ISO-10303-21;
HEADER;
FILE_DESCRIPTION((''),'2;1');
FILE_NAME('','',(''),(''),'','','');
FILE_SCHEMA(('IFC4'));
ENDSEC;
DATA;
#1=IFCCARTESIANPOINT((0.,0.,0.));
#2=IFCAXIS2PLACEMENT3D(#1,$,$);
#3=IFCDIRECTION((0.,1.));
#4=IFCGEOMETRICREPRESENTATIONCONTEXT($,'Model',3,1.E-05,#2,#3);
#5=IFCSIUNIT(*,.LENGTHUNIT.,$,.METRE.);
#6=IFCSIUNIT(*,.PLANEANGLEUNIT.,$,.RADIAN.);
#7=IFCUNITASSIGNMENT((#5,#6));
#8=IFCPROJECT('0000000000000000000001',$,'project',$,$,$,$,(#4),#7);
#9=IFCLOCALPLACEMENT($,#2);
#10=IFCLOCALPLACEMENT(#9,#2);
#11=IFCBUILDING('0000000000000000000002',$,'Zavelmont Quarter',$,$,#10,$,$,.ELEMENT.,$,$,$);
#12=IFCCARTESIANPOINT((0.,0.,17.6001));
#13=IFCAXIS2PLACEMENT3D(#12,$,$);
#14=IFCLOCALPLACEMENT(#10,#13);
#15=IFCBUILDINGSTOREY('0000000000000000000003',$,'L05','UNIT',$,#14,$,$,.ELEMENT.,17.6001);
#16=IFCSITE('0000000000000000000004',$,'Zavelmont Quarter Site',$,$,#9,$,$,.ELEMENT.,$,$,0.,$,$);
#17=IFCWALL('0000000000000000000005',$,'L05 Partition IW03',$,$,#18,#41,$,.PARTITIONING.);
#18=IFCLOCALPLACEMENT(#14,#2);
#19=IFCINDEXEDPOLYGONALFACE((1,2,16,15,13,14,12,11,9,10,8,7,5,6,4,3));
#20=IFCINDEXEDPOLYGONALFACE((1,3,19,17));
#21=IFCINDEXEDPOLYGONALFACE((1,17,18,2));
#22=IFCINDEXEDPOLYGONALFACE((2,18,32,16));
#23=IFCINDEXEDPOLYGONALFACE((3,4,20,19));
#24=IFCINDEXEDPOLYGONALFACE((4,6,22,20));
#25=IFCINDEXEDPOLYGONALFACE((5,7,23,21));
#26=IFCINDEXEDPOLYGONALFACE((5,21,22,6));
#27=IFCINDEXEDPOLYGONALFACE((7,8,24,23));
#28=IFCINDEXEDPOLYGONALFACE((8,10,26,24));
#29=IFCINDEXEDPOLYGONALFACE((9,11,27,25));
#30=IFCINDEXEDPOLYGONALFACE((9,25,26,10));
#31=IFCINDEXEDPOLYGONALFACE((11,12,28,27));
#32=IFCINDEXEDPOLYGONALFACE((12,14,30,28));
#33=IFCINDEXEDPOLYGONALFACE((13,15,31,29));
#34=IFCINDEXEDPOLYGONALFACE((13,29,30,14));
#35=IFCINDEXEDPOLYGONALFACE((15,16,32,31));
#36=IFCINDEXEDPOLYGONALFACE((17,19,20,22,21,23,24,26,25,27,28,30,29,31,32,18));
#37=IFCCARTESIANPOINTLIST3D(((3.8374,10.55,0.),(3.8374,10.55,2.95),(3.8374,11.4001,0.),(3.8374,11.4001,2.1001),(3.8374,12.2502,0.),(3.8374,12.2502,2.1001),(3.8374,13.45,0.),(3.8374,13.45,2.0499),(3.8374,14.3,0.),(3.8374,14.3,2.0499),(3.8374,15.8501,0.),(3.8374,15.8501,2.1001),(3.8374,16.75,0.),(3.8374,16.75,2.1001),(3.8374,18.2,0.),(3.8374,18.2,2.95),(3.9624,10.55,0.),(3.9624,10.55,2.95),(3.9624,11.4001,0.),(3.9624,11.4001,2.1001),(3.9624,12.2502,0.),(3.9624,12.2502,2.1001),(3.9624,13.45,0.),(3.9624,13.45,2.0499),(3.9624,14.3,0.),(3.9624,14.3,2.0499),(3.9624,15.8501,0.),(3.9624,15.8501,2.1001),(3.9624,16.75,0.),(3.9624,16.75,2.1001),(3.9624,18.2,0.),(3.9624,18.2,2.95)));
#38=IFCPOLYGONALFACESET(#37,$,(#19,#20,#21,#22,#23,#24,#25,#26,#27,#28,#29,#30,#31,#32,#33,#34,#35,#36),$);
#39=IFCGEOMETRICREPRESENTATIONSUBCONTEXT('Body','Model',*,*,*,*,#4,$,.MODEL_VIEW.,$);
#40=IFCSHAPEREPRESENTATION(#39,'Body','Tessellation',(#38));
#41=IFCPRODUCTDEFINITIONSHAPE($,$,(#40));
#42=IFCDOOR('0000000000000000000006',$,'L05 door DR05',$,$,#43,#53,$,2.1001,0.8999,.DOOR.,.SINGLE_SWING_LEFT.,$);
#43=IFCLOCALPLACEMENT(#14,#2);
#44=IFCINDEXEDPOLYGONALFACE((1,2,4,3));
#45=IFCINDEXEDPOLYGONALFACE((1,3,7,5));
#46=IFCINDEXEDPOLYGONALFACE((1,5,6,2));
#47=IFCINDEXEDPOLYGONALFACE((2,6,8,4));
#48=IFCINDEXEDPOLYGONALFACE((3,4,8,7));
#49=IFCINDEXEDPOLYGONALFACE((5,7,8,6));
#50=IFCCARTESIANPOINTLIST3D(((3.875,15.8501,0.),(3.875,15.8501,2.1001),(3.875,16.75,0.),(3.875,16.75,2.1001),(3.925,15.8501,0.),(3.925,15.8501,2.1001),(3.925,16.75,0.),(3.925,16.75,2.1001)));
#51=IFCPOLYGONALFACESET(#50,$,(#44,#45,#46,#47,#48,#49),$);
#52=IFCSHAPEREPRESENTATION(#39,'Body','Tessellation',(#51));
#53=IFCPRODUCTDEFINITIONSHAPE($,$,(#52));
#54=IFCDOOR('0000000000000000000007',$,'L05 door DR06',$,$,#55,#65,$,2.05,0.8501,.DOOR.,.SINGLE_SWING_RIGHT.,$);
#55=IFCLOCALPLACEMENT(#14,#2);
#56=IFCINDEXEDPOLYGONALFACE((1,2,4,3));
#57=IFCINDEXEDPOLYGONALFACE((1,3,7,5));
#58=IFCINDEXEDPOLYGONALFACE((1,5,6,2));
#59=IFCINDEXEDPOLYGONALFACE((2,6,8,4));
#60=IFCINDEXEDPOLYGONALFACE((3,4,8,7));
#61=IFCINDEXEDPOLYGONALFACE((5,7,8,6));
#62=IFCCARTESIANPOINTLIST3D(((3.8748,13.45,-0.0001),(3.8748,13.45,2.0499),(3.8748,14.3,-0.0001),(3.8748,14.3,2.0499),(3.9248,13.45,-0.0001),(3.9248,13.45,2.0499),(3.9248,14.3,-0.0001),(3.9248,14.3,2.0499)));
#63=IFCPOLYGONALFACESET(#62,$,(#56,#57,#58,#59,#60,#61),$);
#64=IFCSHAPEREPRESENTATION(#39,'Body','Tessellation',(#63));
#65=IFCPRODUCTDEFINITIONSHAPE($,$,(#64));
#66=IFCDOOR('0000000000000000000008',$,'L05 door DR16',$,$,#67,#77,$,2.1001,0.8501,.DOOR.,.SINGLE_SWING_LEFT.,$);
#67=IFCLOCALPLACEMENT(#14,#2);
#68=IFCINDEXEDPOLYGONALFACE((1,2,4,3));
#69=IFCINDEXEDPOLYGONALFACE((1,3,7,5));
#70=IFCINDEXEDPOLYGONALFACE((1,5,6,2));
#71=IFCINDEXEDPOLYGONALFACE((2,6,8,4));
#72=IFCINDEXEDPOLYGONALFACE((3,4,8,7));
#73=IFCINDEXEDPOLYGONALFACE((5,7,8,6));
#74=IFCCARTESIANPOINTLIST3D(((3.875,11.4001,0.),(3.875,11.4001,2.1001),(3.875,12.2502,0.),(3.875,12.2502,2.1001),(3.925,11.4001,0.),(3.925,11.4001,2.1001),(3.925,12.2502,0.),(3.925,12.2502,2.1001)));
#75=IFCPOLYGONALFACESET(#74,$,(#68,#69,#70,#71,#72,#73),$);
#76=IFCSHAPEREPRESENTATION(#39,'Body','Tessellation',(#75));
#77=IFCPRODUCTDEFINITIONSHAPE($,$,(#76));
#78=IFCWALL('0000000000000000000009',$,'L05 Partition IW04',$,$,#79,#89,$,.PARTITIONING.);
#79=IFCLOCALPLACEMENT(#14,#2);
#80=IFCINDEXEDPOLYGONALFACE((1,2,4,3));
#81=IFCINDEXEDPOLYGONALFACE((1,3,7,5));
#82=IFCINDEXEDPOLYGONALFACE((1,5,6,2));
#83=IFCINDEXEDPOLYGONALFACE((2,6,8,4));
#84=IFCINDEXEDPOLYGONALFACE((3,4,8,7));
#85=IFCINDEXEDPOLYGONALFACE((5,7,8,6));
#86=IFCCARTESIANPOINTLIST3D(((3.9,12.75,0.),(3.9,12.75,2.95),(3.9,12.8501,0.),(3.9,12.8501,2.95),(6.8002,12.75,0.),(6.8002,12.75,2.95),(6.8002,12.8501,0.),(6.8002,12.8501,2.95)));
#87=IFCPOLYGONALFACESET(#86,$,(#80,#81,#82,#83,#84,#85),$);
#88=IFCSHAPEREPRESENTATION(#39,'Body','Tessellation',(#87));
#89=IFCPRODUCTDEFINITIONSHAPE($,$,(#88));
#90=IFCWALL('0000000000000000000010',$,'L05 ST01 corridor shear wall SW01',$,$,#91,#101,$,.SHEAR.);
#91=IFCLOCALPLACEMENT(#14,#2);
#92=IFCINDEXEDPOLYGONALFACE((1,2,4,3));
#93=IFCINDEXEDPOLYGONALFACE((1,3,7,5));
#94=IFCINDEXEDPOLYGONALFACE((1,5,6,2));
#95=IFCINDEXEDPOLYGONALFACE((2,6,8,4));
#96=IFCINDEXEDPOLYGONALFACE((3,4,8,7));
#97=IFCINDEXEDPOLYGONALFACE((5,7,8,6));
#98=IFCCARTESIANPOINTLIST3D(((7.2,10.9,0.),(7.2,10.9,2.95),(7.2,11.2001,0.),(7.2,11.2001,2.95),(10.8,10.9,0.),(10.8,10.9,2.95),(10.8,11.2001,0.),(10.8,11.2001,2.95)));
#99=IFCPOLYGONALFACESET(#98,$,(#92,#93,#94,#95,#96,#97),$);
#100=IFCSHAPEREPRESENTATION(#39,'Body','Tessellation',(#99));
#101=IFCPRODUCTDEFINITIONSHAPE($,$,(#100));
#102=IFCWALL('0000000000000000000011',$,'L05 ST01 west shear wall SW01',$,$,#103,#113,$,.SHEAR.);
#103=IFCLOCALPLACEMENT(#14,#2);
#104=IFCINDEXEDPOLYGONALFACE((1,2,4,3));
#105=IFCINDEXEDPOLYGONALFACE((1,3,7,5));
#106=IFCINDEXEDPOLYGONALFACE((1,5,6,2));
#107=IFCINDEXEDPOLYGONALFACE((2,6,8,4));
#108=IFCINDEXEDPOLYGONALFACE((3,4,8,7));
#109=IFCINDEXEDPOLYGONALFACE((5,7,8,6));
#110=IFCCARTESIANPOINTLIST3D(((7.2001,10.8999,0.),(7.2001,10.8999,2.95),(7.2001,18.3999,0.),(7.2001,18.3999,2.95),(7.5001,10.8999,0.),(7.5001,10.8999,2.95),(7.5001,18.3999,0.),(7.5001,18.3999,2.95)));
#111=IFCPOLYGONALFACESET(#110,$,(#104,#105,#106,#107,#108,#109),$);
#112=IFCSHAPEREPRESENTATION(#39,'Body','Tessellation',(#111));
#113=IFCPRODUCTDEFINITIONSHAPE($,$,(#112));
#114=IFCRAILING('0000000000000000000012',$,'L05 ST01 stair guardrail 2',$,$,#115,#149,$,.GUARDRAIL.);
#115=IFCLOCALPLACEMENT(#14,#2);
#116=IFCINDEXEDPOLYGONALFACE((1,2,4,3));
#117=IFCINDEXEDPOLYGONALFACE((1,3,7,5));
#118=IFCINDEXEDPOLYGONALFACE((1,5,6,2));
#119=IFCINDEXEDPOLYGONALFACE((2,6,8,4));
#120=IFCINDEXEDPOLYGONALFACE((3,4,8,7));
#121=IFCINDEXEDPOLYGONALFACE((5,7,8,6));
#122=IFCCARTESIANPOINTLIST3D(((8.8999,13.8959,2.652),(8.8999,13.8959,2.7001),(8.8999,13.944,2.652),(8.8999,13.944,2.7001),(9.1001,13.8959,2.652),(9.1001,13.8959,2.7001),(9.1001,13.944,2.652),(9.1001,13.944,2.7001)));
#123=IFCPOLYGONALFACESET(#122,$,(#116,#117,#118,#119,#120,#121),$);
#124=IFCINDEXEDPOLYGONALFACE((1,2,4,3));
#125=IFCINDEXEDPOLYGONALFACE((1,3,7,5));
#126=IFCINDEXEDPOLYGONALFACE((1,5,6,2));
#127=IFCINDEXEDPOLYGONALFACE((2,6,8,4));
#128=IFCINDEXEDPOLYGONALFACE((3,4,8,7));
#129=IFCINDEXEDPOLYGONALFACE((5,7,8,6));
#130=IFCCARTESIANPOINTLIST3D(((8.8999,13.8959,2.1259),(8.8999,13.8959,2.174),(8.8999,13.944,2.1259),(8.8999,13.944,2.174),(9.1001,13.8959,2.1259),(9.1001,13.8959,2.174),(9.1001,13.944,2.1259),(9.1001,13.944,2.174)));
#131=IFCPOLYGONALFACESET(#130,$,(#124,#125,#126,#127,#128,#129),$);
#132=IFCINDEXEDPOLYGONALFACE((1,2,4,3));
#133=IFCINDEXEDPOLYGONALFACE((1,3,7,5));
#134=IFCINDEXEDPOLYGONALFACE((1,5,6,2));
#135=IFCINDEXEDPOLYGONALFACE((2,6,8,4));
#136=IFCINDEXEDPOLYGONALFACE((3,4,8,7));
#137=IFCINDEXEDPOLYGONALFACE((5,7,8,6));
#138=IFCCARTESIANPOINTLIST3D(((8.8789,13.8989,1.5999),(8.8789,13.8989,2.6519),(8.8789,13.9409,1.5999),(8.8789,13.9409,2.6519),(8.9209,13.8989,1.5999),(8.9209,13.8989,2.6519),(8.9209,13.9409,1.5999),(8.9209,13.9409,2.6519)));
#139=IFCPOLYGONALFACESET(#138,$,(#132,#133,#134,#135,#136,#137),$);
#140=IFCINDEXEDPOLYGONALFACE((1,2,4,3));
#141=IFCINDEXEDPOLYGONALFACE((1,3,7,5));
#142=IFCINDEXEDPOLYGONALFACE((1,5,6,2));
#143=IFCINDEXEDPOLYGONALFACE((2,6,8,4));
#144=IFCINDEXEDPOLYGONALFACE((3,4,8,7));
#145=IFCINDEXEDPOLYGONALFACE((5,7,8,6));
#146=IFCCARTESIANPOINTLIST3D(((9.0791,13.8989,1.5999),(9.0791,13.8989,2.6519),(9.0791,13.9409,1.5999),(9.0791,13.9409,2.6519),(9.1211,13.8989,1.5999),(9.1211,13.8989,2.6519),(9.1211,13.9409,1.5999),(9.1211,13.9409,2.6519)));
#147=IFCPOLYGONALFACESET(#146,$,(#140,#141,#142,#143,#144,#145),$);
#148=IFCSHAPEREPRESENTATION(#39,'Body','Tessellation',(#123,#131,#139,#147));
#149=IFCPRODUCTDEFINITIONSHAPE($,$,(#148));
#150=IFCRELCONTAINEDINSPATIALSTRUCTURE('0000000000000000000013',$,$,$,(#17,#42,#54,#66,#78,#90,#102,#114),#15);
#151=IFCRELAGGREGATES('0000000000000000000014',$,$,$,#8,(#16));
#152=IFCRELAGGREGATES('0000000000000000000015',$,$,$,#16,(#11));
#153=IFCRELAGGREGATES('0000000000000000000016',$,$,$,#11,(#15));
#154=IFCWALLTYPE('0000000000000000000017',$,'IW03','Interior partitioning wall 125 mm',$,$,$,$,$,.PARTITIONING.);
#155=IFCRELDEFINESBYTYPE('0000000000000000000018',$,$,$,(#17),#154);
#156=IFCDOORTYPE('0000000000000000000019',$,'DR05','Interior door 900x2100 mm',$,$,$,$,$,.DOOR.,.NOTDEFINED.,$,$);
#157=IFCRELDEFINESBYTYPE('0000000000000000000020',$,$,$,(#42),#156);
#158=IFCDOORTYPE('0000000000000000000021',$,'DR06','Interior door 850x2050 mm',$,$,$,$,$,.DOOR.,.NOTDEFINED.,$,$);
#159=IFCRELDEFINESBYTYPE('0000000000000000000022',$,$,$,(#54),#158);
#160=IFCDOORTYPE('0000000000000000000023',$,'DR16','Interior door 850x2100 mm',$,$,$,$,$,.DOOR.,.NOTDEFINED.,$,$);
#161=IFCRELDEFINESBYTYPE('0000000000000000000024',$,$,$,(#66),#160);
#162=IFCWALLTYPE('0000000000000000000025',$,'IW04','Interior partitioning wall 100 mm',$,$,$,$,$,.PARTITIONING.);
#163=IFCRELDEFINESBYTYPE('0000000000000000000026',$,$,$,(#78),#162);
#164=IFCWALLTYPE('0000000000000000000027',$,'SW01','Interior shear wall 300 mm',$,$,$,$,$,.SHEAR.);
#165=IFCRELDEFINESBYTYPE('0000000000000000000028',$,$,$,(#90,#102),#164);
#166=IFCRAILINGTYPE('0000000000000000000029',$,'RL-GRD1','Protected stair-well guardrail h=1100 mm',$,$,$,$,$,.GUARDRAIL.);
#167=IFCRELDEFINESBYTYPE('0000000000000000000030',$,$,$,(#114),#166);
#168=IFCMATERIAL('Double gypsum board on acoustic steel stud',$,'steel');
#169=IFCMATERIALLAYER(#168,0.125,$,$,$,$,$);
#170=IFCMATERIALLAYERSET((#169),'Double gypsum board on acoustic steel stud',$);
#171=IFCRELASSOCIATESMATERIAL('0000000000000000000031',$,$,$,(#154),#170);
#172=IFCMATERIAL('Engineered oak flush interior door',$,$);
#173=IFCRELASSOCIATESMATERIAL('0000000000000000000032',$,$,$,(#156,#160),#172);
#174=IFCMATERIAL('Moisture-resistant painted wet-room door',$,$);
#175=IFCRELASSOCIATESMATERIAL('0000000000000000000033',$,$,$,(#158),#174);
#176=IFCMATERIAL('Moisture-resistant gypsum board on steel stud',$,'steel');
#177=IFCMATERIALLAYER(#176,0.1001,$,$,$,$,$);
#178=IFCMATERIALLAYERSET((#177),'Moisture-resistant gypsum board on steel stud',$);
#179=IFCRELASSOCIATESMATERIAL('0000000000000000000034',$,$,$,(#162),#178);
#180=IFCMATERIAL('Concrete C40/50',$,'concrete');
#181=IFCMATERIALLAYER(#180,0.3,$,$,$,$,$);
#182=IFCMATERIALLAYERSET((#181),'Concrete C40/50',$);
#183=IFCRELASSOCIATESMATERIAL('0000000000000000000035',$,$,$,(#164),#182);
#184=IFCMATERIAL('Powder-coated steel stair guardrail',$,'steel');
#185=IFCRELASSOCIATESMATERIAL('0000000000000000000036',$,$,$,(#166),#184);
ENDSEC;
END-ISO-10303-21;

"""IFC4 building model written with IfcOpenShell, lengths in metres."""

from ifc_helpers import new_model, si_unit, direction, frame, frame_2d, origin, origin_with_axes, origin_2d, place, context, subcontext, project, spatial, rectangle, extrude, material, layer, layer_set, type_object, element, fill, save


model = new_model("IFC4")

# Units and contexts
model_context = context("Model", 3, precision=1e-05, world=origin(), true_north=direction((0.0, 1.0)))
body_context = subcontext(model_context, "Body", "Model", "MODEL_VIEW")
ifc_project = project(units=[si_unit("LENGTHUNIT", "METRE"), si_unit("PLANEANGLEUNIT", "RADIAN")], contexts=[model_context])

# Site, building, storey
site_placement = place(None, origin())
site = spatial("IfcSite", under=ifc_project, at=site_placement, Name="Zavelmont Quarter Site", CompositionType="ELEMENT", RefElevation=0.0)
building_placement = place(site_placement, origin())
building = spatial("IfcBuilding", under=site, at=building_placement, Name="Zavelmont Quarter", CompositionType="ELEMENT")
storey_placement = place(building_placement, frame((0.0, 0.0, 17.6001)))
storey = spatial("IfcBuildingStorey", under=building, at=storey_placement, Name="L05", Description="UNIT", CompositionType="ELEMENT", Elevation=17.6001)

# Shared definitions
ifc_material_1 = material(Name="Concrete C40/50", Category="concrete")

# Wall, openings, doors
ifc_material_2 = material(Name="Double gypsum board on acoustic steel stud", Category="steel")
ifc_layer_1 = layer(ifc_material_2, 0.125)
ifc_layer_set_1 = layer_set([ifc_layer_1], Name="Double gypsum board on acoustic steel stud")
wall_type_1 = type_object("IfcWallType", Name="IW03", Description="Interior partitioning wall 125 mm", PredefinedType="PARTITIONING", material=ifc_layer_set_1)
wall_1_placement = place(storey_placement, frame((3.8999, 10.55, 0.0), z_axis=(0.0, 0.0, 1.0), x_axis=(0.0, 1.0, 0.0)))
wall_1 = element("IfcWall", 1, at=wall_1_placement, inside=storey, type_object=wall_type_1, Name="L05 Partition IW03", PredefinedType="PARTITIONING", context=body_context, shape_type="SweptSolid", body=[
    extrude(rectangle(XDim=7.6499, YDim=0.125, at=frame_2d((3.825, 0.0))), origin(), (0.0, 0.0, 1.0), 2.95),
])
opening_1_placement = place(wall_1_placement, frame((0.8501, 0.0, 0.0)))
opening_1 = element("IfcOpeningElement", 2, at=opening_1_placement, cuts=wall_1, PredefinedType="OPENING", context=body_context, shape_type="SweptSolid", body=[
    extrude(rectangle(XDim=0.8501, YDim=2.1001, at=frame_2d((0.425, 1.05))), frame((0.0, 0.0745, 0.0), z_axis=(0.0, -1.0, 0.0), x_axis=(1.0, 0.0, 0.0)), (0.0, 0.0, 1.0), 0.1489),
])
opening_2_placement = place(wall_1_placement, frame((2.8999, 0.0, 0.0)))
opening_2 = element("IfcOpeningElement", 3, at=opening_2_placement, cuts=wall_1, PredefinedType="OPENING", context=body_context, shape_type="SweptSolid", body=[
    extrude(rectangle(XDim=0.8501, YDim=2.05, at=frame_2d((0.425, 1.0249))), frame((0.0, 0.0745, 0.0), z_axis=(0.0, -1.0, 0.0), x_axis=(1.0, 0.0, 0.0)), (0.0, 0.0, 1.0), 0.1489),
])
opening_3_placement = place(wall_1_placement, frame((5.3, 0.0, 0.0)))
opening_3 = element("IfcOpeningElement", 4, at=opening_3_placement, cuts=wall_1, PredefinedType="OPENING", context=body_context, shape_type="SweptSolid", body=[
    extrude(rectangle(XDim=0.8999, YDim=2.1001, at=frame_2d((0.45, 1.05))), frame((0.0, 0.0745, 0.0), z_axis=(0.0, -1.0, 0.0), x_axis=(1.0, 0.0, 0.0)), (0.0, 0.0, 1.0), 0.1489),
])
ifc_material_3 = material(Name="Engineered oak flush interior door")
door_type_1 = type_object("IfcDoorType", Name="DR05", Description="Interior door 900x2100 mm", OperationType="NOTDEFINED", PredefinedType="DOOR", material=ifc_material_3)
door_1_placement = place(opening_3_placement, origin_with_axes())
door_1 = element("IfcDoor", 5, at=door_1_placement, inside=storey, type_object=door_type_1, Name="L05 door DR05", OperationType="SINGLE_SWING_LEFT", OverallHeight=2.1001, OverallWidth=0.8999, PredefinedType="DOOR", context=body_context, shape_type="SweptSolid", body=[
    extrude(rectangle(XDim=0.8999, YDim=2.1001, at=frame_2d((0.45, 1.05))), frame((0.0, 0.0249, 0.0), z_axis=(0.0, -1.0, 0.0), x_axis=(1.0, 0.0, 0.0)), (0.0, 0.0, 1.0), 0.05),
])
fill(opening_3, door_1)
ifc_material_4 = material(Name="Moisture-resistant painted wet-room door")
door_type_2 = type_object("IfcDoorType", Name="DR06", Description="Interior door 850x2050 mm", OperationType="NOTDEFINED", PredefinedType="DOOR", material=ifc_material_4)
door_2_placement = place(opening_2_placement, frame((0.8501, 0.0, 0.0), z_axis=(0.0, 0.0, 1.0), x_axis=(-1.0, 0.0, 0.0)))
door_2 = element("IfcDoor", 6, at=door_2_placement, inside=storey, type_object=door_type_2, Name="L05 door DR06", OperationType="SINGLE_SWING_RIGHT", OverallHeight=2.05, OverallWidth=0.8501, PredefinedType="DOOR", context=body_context, shape_type="SweptSolid", body=[
    extrude(rectangle(XDim=0.8501, YDim=2.05, at=frame_2d((0.425, 1.0249))), frame((0.0, 0.0249, 0.0), z_axis=(0.0, -1.0, 0.0), x_axis=(1.0, 0.0, 0.0)), (0.0, 0.0, 1.0), 0.05),
])
fill(opening_2, door_2)
door_type_3 = type_object("IfcDoorType", Name="DR16", Description="Interior door 850x2100 mm", OperationType="NOTDEFINED", PredefinedType="DOOR", material=ifc_material_3)
door_3_placement = place(opening_1_placement, origin_with_axes())
door_3 = element("IfcDoor", 7, at=door_3_placement, inside=storey, type_object=door_type_3, Name="L05 door DR16", OperationType="SINGLE_SWING_LEFT", OverallHeight=2.1001, OverallWidth=0.8501, PredefinedType="DOOR", context=body_context, shape_type="SweptSolid", body=[
    extrude(rectangle(XDim=0.8501, YDim=2.1001, at=frame_2d((0.425, 1.05))), frame((0.0, 0.0249, 0.0), z_axis=(0.0, -1.0, 0.0), x_axis=(1.0, 0.0, 0.0)), (0.0, 0.0, 1.0), 0.05),
])
fill(opening_1, door_3)

# Walls
ifc_material_5 = material(Name="Moisture-resistant gypsum board on steel stud", Category="steel")
ifc_layer_2 = layer(ifc_material_5, 0.1001)
ifc_layer_set_2 = layer_set([ifc_layer_2], Name="Moisture-resistant gypsum board on steel stud")
wall_type_2 = type_object("IfcWallType", Name="IW04", Description="Interior partitioning wall 100 mm", PredefinedType="PARTITIONING", material=ifc_layer_set_2)
wall_2_placement = place(storey_placement, frame((3.8999, 12.8, 0.0), z_axis=(0.0, 0.0, 1.0), x_axis=(1.0, 0.0, 0.0)))
element("IfcWall", 8, at=wall_2_placement, inside=storey, type_object=wall_type_2, Name="L05 Partition IW04", PredefinedType="PARTITIONING", context=body_context, shape_type="SweptSolid", body=[
    extrude(rectangle(XDim=2.9001, YDim=0.1001, at=frame_2d((1.4502, 0.0))), origin(), (0.0, 0.0, 1.0), 2.95),
])
ifc_layer_3 = layer(ifc_material_1, 0.3)
ifc_layer_set_3 = layer_set([ifc_layer_3], Name="Concrete C40/50")
wall_type_3 = type_object("IfcWallType", Name="SW01", Description="Interior shear wall 300 mm", PredefinedType="SHEAR", material=ifc_layer_set_3)
wall_3_placement = place(storey_placement, frame((7.2, 11.05, 0.0), z_axis=(0.0, 0.0, 1.0), x_axis=(1.0, 0.0, 0.0)))
element("IfcWall", 9, at=wall_3_placement, inside=storey, type_object=wall_type_3, Name="L05 ST01 corridor shear wall SW01", PredefinedType="SHEAR", context=body_context, shape_type="SweptSolid", body=[
    extrude(rectangle(XDim=3.6001, YDim=0.3, at=frame_2d((1.8, 0.0))), origin(), (0.0, 0.0, 1.0), 2.95),
])
wall_4_placement = place(storey_placement, frame((7.3501, 10.8999, 0.0), z_axis=(0.0, 0.0, 1.0), x_axis=(0.0, 1.0, 0.0)))
element("IfcWall", 10, at=wall_4_placement, inside=storey, type_object=wall_type_3, Name="L05 ST01 west shear wall SW01", PredefinedType="SHEAR", context=body_context, shape_type="SweptSolid", body=[
    extrude(rectangle(XDim=7.5, YDim=0.3, at=frame_2d((3.75, 0.0))), origin(), (0.0, 0.0, 1.0), 2.95),
])

# Railing
ifc_material_6 = material(Name="Powder-coated steel stair guardrail", Category="steel")
railing_type = type_object("IfcRailingType", Name="RL-GRD1", Description="Protected stair-well guardrail h=1100 mm", PredefinedType="GUARDRAIL", material=ifc_material_6)
railing_placement = place(storey_placement, frame((8.8999, 13.9199, 1.5999)))
element("IfcRailing", 11, at=railing_placement, inside=storey, type_object=railing_type, Name="L05 ST01 stair guardrail 2", PredefinedType="GUARDRAIL", context=body_context, shape_type="SweptSolid", body=[
    extrude(rectangle(XDim=0.0481, YDim=0.0481, at=origin_2d()), frame((0.0, 0.0, 1.0762), z_axis=(1.0, 0.0, 0.0), x_axis=(0.0, 1.0, 0.0)), (0.0, 0.0, 1.0), 0.2002),
    extrude(rectangle(XDim=0.0481, YDim=0.0481, at=origin_2d()), frame((0.0, 0.0, 0.55), z_axis=(1.0, 0.0, 0.0), x_axis=(0.0, 1.0, 0.0)), (0.0, 0.0, 1.0), 0.2002),
    extrude(rectangle(XDim=0.042, YDim=0.042, at=origin_2d()), origin(), (0.0, 0.0, 1.0), 1.052),
    extrude(rectangle(XDim=0.042, YDim=0.042, at=origin_2d()), frame((0.2002, 0.0, 0.0)), (0.0, 0.0, 1.0), 1.052),
])

save(model, "model.ifc")
